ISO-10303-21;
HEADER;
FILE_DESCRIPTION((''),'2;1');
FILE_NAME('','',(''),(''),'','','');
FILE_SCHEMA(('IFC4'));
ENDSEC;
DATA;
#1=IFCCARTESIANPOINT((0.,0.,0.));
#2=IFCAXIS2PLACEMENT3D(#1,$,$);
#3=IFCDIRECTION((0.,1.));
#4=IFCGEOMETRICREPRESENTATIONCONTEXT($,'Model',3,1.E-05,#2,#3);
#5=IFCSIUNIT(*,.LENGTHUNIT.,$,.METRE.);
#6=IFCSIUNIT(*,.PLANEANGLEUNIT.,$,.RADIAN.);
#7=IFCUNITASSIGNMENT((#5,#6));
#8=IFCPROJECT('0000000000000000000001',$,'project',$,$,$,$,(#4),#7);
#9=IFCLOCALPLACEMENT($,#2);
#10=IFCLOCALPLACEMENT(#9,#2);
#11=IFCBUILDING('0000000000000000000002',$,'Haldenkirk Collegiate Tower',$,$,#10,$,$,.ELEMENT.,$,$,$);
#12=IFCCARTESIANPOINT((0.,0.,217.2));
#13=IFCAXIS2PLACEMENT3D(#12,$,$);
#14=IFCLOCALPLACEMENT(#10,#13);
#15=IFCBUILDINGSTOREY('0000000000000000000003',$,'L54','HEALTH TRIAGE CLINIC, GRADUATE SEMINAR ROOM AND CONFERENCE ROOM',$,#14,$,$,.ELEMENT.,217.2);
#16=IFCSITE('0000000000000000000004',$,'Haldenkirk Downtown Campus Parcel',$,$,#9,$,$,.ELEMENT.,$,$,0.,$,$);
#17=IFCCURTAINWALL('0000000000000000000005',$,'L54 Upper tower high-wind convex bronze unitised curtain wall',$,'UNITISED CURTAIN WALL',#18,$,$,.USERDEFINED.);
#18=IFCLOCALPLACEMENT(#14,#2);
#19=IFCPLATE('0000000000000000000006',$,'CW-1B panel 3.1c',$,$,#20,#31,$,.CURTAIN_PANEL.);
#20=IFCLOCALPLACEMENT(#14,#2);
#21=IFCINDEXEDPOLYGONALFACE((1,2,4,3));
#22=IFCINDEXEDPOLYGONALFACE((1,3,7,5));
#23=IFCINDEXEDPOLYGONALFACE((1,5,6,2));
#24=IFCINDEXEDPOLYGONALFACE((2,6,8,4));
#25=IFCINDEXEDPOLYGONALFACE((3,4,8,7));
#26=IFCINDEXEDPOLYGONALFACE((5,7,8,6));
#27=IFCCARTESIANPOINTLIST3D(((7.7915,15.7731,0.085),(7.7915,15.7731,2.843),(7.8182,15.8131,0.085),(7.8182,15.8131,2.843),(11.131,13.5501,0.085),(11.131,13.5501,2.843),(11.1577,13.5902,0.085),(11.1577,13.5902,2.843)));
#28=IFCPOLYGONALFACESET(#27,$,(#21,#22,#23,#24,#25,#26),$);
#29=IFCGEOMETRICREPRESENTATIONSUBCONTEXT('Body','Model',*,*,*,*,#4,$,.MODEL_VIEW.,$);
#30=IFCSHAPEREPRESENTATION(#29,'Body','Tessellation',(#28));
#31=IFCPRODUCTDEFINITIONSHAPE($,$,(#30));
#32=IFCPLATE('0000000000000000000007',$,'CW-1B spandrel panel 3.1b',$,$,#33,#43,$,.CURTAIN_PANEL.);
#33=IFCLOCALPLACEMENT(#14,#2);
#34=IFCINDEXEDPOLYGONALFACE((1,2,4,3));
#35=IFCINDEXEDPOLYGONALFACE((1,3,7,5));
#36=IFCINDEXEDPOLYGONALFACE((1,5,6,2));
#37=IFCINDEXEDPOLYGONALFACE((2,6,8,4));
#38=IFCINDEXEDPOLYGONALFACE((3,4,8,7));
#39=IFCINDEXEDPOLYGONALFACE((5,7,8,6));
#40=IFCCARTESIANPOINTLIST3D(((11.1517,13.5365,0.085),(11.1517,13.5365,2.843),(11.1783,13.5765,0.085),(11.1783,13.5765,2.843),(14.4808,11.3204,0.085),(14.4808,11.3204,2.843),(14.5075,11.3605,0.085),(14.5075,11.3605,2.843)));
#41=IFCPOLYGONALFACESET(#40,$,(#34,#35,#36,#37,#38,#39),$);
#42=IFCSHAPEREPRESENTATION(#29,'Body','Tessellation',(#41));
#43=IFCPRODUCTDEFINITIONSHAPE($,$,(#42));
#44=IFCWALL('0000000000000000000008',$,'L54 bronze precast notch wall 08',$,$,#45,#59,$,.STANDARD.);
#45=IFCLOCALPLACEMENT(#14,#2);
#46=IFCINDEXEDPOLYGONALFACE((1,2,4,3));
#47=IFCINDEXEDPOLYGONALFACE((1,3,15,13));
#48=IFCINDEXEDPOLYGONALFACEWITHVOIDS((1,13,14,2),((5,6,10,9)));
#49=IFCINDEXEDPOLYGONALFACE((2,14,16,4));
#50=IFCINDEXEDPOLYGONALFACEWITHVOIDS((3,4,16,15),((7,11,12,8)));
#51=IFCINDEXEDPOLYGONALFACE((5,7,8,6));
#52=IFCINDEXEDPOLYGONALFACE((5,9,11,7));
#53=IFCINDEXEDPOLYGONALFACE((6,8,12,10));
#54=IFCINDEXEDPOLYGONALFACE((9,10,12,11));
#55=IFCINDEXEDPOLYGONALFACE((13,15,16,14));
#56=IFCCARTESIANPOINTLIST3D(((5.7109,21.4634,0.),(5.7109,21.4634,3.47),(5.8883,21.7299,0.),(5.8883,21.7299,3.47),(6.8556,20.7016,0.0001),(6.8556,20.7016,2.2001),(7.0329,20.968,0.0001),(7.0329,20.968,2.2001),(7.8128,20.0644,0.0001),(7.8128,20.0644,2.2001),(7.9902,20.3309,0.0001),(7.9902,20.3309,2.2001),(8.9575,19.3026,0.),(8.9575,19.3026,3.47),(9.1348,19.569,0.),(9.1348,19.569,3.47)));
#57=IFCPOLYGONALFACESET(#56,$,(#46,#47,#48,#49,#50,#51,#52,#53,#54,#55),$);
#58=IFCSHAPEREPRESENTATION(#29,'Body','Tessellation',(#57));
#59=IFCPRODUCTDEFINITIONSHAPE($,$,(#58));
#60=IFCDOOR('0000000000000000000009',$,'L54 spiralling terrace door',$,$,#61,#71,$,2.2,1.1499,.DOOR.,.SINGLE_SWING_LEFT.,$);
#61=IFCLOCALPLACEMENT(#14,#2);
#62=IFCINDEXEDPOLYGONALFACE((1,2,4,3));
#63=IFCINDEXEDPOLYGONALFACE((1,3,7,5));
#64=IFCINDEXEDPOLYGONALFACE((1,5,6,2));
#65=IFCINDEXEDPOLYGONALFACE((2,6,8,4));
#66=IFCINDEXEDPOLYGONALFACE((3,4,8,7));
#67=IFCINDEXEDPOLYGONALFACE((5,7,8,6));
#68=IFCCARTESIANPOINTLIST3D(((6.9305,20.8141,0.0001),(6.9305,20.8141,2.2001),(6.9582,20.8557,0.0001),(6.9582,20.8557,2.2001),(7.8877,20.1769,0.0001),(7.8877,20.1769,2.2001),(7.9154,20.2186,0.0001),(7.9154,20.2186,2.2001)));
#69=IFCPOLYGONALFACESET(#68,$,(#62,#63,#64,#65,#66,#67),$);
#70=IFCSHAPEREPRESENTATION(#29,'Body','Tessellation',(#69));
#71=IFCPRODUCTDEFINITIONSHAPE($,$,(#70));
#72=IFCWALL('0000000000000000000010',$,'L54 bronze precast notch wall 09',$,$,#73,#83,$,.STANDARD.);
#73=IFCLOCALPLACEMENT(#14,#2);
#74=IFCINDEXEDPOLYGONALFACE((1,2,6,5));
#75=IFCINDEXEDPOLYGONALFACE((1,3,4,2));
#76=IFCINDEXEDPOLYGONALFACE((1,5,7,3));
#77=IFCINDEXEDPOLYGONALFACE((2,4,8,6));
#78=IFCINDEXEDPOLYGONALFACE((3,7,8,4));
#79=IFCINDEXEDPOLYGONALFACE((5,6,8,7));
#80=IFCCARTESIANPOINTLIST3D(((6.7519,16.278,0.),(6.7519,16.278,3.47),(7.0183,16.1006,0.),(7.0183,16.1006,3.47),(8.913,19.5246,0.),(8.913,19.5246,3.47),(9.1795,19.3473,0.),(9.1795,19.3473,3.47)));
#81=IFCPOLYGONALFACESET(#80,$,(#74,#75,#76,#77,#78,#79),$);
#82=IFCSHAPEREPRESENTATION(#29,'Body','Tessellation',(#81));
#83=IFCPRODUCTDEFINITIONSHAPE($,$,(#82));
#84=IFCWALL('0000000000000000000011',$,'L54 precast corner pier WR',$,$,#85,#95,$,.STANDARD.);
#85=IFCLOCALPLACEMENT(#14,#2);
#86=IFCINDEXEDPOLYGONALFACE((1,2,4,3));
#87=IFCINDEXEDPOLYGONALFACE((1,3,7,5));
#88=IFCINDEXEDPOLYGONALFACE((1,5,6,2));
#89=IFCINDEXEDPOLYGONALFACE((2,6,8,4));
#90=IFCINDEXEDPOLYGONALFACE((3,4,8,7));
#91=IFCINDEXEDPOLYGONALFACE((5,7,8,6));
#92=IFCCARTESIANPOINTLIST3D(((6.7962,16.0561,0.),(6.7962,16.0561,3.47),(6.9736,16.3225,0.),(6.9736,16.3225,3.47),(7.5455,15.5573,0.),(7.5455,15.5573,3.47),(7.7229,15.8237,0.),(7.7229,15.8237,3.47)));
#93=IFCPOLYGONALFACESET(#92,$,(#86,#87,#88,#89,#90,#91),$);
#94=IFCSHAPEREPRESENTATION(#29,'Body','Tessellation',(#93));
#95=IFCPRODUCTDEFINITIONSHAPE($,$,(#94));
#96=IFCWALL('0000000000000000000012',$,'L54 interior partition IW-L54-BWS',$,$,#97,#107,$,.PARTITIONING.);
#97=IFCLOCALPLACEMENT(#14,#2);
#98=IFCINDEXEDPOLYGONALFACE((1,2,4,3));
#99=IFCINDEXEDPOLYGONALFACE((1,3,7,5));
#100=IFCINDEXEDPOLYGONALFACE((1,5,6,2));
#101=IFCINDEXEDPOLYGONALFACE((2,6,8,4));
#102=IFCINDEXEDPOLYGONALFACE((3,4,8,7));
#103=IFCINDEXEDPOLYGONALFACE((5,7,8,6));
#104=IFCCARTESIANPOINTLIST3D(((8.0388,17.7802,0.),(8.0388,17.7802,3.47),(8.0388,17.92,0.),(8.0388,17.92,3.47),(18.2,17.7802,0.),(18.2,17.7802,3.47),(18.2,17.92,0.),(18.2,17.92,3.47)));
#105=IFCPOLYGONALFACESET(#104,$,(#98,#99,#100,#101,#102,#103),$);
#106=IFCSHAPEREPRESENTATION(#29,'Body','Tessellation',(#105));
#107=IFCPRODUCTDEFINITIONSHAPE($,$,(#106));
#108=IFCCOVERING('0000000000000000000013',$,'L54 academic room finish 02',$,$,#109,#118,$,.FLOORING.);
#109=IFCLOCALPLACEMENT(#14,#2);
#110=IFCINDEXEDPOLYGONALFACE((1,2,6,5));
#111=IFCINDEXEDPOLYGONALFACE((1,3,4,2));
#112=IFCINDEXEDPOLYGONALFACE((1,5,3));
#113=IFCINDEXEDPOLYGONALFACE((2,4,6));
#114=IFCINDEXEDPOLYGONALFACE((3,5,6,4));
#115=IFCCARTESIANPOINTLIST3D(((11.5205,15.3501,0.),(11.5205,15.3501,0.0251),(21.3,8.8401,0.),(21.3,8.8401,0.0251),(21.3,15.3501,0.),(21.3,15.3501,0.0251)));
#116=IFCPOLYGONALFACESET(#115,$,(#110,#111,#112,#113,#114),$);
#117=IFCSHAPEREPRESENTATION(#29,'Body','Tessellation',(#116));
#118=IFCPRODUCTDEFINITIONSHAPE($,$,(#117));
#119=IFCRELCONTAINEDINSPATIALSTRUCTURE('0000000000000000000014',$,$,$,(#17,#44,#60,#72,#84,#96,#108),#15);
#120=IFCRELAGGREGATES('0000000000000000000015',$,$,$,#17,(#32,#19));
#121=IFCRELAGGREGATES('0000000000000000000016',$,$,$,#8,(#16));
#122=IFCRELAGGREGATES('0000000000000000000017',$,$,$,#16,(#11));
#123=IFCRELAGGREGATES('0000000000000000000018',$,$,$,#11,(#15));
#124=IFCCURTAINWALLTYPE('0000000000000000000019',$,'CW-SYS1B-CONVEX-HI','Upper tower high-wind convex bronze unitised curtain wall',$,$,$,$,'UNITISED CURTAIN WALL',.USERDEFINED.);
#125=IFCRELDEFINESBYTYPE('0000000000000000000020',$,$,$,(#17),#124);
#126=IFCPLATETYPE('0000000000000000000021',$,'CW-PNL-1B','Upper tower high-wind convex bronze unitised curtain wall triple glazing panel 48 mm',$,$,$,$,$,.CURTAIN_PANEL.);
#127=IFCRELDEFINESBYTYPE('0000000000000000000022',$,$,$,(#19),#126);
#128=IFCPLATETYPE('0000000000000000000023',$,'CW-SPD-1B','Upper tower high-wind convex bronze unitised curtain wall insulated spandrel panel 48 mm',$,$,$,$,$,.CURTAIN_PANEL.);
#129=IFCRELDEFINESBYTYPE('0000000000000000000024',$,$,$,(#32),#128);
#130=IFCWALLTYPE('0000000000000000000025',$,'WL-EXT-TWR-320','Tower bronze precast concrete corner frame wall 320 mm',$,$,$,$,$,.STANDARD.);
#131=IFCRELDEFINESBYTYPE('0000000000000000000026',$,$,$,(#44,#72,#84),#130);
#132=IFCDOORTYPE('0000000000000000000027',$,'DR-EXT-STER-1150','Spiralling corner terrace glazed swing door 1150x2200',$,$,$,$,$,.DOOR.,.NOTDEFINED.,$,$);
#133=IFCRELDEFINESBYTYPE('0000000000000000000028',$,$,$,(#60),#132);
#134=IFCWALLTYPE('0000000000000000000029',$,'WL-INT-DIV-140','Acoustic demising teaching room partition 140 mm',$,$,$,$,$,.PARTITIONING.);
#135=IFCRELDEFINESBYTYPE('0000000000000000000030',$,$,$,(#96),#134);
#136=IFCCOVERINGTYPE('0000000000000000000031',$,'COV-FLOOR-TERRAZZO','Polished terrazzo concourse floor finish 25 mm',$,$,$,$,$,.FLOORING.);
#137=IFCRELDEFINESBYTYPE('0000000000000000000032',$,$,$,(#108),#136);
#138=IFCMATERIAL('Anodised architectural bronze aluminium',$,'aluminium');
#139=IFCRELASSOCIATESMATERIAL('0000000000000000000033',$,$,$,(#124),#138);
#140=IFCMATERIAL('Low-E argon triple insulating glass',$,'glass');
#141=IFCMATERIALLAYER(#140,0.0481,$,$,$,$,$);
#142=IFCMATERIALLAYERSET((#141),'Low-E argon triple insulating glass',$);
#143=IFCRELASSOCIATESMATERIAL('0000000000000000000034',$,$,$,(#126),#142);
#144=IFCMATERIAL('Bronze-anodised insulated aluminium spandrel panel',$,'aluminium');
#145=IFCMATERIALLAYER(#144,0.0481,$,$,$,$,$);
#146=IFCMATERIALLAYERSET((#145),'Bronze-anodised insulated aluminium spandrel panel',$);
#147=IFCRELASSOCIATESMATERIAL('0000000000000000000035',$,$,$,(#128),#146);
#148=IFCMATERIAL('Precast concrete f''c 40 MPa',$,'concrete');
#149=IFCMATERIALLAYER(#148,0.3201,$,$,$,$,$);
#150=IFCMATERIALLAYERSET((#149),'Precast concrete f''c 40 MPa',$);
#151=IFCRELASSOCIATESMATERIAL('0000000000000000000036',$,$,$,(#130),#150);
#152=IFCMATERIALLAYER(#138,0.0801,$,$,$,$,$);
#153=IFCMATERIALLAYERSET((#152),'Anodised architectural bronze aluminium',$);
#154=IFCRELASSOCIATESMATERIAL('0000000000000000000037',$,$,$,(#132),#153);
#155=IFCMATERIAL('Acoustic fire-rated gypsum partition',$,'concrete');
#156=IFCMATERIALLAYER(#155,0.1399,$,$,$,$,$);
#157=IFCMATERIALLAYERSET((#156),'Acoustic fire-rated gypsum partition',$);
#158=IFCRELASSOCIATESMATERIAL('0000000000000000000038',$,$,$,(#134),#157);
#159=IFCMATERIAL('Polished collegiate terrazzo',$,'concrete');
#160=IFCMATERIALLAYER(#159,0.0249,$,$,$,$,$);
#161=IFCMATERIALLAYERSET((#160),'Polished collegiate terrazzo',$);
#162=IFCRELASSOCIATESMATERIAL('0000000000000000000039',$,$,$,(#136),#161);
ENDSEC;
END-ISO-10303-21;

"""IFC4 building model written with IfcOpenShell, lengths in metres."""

from ifc_helpers import new_model, si_unit, direction, frame, frame_2d, origin, origin_2d, place, context, subcontext, project, spatial, polyline, rectangle, outline, extrude, source, transform, mapped, material, layer, layer_set, type_object, element, fill, aggregate, save


model = new_model("IFC4")

# Units and contexts
model_context = context("Model", 3, precision=1e-05, world=origin(), true_north=direction((0.0, 1.0)))
body_context = subcontext(model_context, "Body", "Model", "MODEL_VIEW")
ifc_project = project(units=[si_unit("LENGTHUNIT", "METRE"), si_unit("PLANEANGLEUNIT", "RADIAN")], contexts=[model_context])

# Site, building, storey
site_placement = place(None, origin())
site = spatial("IfcSite", under=ifc_project, at=site_placement, Name="Haldenkirk Downtown Campus Parcel", CompositionType="ELEMENT", RefElevation=0.0)
building_placement = place(site_placement, origin())
building = spatial("IfcBuilding", under=site, at=building_placement, Name="Haldenkirk Collegiate Tower", CompositionType="ELEMENT")
storey_placement = place(building_placement, frame((0.0, 0.0, 217.2)))
storey = spatial("IfcBuildingStorey", under=building, at=storey_placement, Name="L54", Description="HEALTH TRIAGE CLINIC, GRADUATE SEMINAR ROOM AND CONFERENCE ROOM", CompositionType="ELEMENT", Elevation=217.2)

# Curtain wall
ifc_material_1 = material(Name="Anodised architectural bronze aluminium", Category="aluminium")
curtain_wall_type = type_object("IfcCurtainWallType", Name="CW-SYS1B-CONVEX-HI", Description="Upper tower high-wind convex bronze unitised curtain wall", ElementType="UNITISED CURTAIN WALL", PredefinedType="USERDEFINED", material=ifc_material_1)
curtain_wall_placement = place(storey_placement, origin())
curtain_wall = element("IfcCurtainWall", 1, at=curtain_wall_placement, inside=storey, type_object=curtain_wall_type, Name="L54 Upper tower high-wind convex bronze unitised curtain wall", ObjectType="UNITISED CURTAIN WALL", PredefinedType="USERDEFINED")

# Plates
ifc_material_2 = material(Name="Low-E argon triple insulating glass", Category="glass")
ifc_layer_1 = layer(ifc_material_2, 0.0481)
ifc_layer_set_1 = layer_set([ifc_layer_1], Name="Low-E argon triple insulating glass")
plate_type_1 = type_object("IfcPlateType", Name="CW-PNL-1B", Description="Upper tower high-wind convex bronze unitised curtain wall triple glazing panel 48 mm", PredefinedType="CURTAIN_PANEL", material=ifc_layer_set_1)
shared_shape_1 = source(origin(), body_context, "Body", "SweptSolid", [
    extrude(rectangle(XDim=4.0117, YDim=0.0481, at=origin_2d()), origin(), (0.0, 0.0, 1.0), 2.7581),
])
plate_1_placement = place(storey_placement, frame((9.4746, 14.6816, 0.085), z_axis=(0.0, 0.0, 1.0), x_axis=(-0.832437, 0.55412, 0.0)))
plate_1 = element("IfcPlate", 2, at=plate_1_placement, type_object=plate_type_1, Name="CW-1B panel 3.1c", PredefinedType="CURTAIN_PANEL", context=body_context, shape_type="MappedRepresentation", body=[
    mapped(shared_shape_1, transform((0.0, 0.0, 0.0), x_axis=(1.0, 0.0, 0.0), y_axis=(0.0, 1.0, 0.0), z_axis=(0.0, 0.0, 1.0), scale=1.0)),
])
ifc_material_3 = material(Name="Bronze-anodised insulated aluminium spandrel panel", Category="aluminium")
ifc_layer_2 = layer(ifc_material_3, 0.0481)
ifc_layer_set_2 = layer_set([ifc_layer_2], Name="Bronze-anodised insulated aluminium spandrel panel")
plate_type_2 = type_object("IfcPlateType", Name="CW-SPD-1B", Description="Upper tower high-wind convex bronze unitised curtain wall insulated spandrel panel 48 mm", PredefinedType="CURTAIN_PANEL", material=ifc_layer_set_2)
shared_shape_2 = source(origin(), body_context, "Body", "SweptSolid", [
    extrude(rectangle(XDim=3.9993, YDim=0.0481, at=origin_2d()), origin(), (0.0, 0.0, 1.0), 2.7581),
])
plate_2_placement = place(storey_placement, frame((12.8296, 12.4485, 0.085), z_axis=(0.0, 0.0, 1.0), x_axis=(-0.832437, 0.55412, 0.0)))
plate_2 = element("IfcPlate", 3, at=plate_2_placement, type_object=plate_type_2, Name="CW-1B spandrel panel 3.1b", PredefinedType="CURTAIN_PANEL", context=body_context, shape_type="MappedRepresentation", body=[
    mapped(shared_shape_2, transform((0.0, 0.0, 0.0), x_axis=(1.0, 0.0, 0.0), y_axis=(0.0, 1.0, 0.0), z_axis=(0.0, 0.0, 1.0), scale=1.0)),
])
aggregate(curtain_wall, [plate_2, plate_1])

# Wall, opening, door
ifc_material_4 = material(Name="Precast concrete f'c 40 MPa", Category="concrete")
ifc_layer_3 = layer(ifc_material_4, 0.3201)
ifc_layer_set_3 = layer_set([ifc_layer_3], Name="Precast concrete f'c 40 MPa")
wall_type_1 = type_object("IfcWallType", Name="WL-EXT-TWR-320", Description="Tower bronze precast concrete corner frame wall 320 mm", PredefinedType="STANDARD", material=ifc_layer_set_3)
wall_1_placement = place(storey_placement, frame((9.0461, 19.4358, 0.0), z_axis=(0.0, 0.0, 1.0), x_axis=(-0.832464, 0.554079, 0.0)))
wall_1 = element("IfcWall", 4, at=wall_1_placement, inside=storey, type_object=wall_type_1, Name="L54 bronze precast notch wall 08", PredefinedType="STANDARD", context=body_context, shape_type="SweptSolid", body=[
    extrude(rectangle(XDim=3.8999, YDim=0.3201, at=frame_2d((1.95, 0.0))), origin(), (0.0, 0.0, 1.0), 3.47),
])
opening_placement = place(wall_1_placement, frame((1.375, 0.0, 0.0)))
opening = element("IfcOpeningElement", 5, at=opening_placement, cuts=wall_1, PredefinedType="OPENING", context=body_context, shape_type="SweptSolid", body=[
    extrude(rectangle(XDim=1.1499, YDim=2.2, at=frame_2d((0.575, 1.1001))), frame((0.0, 0.1699, 0.0), z_axis=(0.0, -1.0, 0.0), x_axis=(1.0, 0.0, 0.0)), (0.0, 0.0, 1.0), 0.3401),
])
ifc_layer_4 = layer(ifc_material_1, 0.0801)
ifc_layer_set_4 = layer_set([ifc_layer_4], Name="Anodised architectural bronze aluminium")
door_type = type_object("IfcDoorType", Name="DR-EXT-STER-1150", Description="Spiralling corner terrace glazed swing door 1150x2200", OperationType="NOTDEFINED", PredefinedType="DOOR", material=ifc_layer_set_4)
door_placement = place(opening_placement, origin())
door = element("IfcDoor", 6, at=door_placement, inside=storey, type_object=door_type, Name="L54 spiralling terrace door", OperationType="SINGLE_SWING_LEFT", OverallHeight=2.2, OverallWidth=1.1499, PredefinedType="DOOR", context=body_context, shape_type="SweptSolid", body=[
    extrude(rectangle(XDim=1.1499, YDim=2.2, at=frame_2d((0.575, 1.1001))), frame((0.0, 0.0249, 0.0), z_axis=(0.0, -1.0, 0.0), x_axis=(1.0, 0.0, 0.0)), (0.0, 0.0, 1.0), 0.05),
])
fill(opening, door)

# Walls
wall_2_placement = place(storey_placement, frame((6.885, 16.1892, 0.0), z_axis=(0.0, 0.0, 1.0), x_axis=(0.554122, 0.832435, 0.0)))
element("IfcWall", 7, at=wall_2_placement, inside=storey, type_object=wall_type_1, Name="L54 bronze precast notch wall 09", PredefinedType="STANDARD", context=body_context, shape_type="SweptSolid", body=[
    extrude(rectangle(XDim=3.9001, YDim=0.3201, at=frame_2d((1.9502, 0.0))), origin(), (0.0, 0.0, 1.0), 3.47),
])
wall_3_placement = place(storey_placement, frame((7.6343, 15.6904, 0.0), z_axis=(0.0, 0.0, 1.0), x_axis=(-0.832426, 0.554137, 0.0)))
element("IfcWall", 8, at=wall_3_placement, inside=storey, type_object=wall_type_1, Name="L54 precast corner pier WR", PredefinedType="STANDARD", context=body_context, shape_type="SweptSolid", body=[
    extrude(rectangle(XDim=0.9001, YDim=0.3201, at=frame_2d((0.4502, 0.0))), origin(), (0.0, 0.0, 1.0), 3.47),
])
ifc_material_5 = material(Name="Acoustic fire-rated gypsum partition", Category="concrete")
ifc_layer_5 = layer(ifc_material_5, 0.1399)
ifc_layer_set_5 = layer_set([ifc_layer_5], Name="Acoustic fire-rated gypsum partition")
wall_type_2 = type_object("IfcWallType", Name="WL-INT-DIV-140", Description="Acoustic demising teaching room partition 140 mm", PredefinedType="PARTITIONING", material=ifc_layer_set_5)
wall_4_placement = place(storey_placement, frame((8.0388, 17.8501, 0.0), z_axis=(0.0, 0.0, 1.0), x_axis=(1.0, 0.0, 0.0)))
element("IfcWall", 9, at=wall_4_placement, inside=storey, type_object=wall_type_2, Name="L54 interior partition IW-L54-BWS", PredefinedType="PARTITIONING", context=body_context, shape_type="SweptSolid", body=[
    extrude(rectangle(XDim=10.1611, YDim=0.1399, at=frame_2d((5.0806, 0.0))), origin(), (0.0, 0.0, 1.0), 3.47),
])

# Covering
ifc_material_6 = material(Name="Polished collegiate terrazzo", Category="concrete")
ifc_layer_6 = layer(ifc_material_6, 0.0249)
ifc_layer_set_6 = layer_set([ifc_layer_6], Name="Polished collegiate terrazzo")
covering_type_1 = type_object("IfcCoveringType", Name="COV-FLOOR-TERRAZZO", Description="Polished terrazzo concourse floor finish 25 mm", PredefinedType="FLOORING", material=ifc_layer_set_6)
covering_1_placement = place(storey_placement, origin())
element("IfcCovering", 10, at=covering_1_placement, inside=storey, type_object=covering_type_1, Name="L54 academic room finish 02", PredefinedType="FLOORING", context=body_context, shape_type="SweptSolid", body=[
    extrude(outline(polyline([(11.5205, 15.3501), (21.3, 15.3501), (21.3, 8.8401), (11.5205, 15.3501)])), origin(), (0.0, 0.0, 1.0), 0.0251),
])

save(model, "model.ifc")
